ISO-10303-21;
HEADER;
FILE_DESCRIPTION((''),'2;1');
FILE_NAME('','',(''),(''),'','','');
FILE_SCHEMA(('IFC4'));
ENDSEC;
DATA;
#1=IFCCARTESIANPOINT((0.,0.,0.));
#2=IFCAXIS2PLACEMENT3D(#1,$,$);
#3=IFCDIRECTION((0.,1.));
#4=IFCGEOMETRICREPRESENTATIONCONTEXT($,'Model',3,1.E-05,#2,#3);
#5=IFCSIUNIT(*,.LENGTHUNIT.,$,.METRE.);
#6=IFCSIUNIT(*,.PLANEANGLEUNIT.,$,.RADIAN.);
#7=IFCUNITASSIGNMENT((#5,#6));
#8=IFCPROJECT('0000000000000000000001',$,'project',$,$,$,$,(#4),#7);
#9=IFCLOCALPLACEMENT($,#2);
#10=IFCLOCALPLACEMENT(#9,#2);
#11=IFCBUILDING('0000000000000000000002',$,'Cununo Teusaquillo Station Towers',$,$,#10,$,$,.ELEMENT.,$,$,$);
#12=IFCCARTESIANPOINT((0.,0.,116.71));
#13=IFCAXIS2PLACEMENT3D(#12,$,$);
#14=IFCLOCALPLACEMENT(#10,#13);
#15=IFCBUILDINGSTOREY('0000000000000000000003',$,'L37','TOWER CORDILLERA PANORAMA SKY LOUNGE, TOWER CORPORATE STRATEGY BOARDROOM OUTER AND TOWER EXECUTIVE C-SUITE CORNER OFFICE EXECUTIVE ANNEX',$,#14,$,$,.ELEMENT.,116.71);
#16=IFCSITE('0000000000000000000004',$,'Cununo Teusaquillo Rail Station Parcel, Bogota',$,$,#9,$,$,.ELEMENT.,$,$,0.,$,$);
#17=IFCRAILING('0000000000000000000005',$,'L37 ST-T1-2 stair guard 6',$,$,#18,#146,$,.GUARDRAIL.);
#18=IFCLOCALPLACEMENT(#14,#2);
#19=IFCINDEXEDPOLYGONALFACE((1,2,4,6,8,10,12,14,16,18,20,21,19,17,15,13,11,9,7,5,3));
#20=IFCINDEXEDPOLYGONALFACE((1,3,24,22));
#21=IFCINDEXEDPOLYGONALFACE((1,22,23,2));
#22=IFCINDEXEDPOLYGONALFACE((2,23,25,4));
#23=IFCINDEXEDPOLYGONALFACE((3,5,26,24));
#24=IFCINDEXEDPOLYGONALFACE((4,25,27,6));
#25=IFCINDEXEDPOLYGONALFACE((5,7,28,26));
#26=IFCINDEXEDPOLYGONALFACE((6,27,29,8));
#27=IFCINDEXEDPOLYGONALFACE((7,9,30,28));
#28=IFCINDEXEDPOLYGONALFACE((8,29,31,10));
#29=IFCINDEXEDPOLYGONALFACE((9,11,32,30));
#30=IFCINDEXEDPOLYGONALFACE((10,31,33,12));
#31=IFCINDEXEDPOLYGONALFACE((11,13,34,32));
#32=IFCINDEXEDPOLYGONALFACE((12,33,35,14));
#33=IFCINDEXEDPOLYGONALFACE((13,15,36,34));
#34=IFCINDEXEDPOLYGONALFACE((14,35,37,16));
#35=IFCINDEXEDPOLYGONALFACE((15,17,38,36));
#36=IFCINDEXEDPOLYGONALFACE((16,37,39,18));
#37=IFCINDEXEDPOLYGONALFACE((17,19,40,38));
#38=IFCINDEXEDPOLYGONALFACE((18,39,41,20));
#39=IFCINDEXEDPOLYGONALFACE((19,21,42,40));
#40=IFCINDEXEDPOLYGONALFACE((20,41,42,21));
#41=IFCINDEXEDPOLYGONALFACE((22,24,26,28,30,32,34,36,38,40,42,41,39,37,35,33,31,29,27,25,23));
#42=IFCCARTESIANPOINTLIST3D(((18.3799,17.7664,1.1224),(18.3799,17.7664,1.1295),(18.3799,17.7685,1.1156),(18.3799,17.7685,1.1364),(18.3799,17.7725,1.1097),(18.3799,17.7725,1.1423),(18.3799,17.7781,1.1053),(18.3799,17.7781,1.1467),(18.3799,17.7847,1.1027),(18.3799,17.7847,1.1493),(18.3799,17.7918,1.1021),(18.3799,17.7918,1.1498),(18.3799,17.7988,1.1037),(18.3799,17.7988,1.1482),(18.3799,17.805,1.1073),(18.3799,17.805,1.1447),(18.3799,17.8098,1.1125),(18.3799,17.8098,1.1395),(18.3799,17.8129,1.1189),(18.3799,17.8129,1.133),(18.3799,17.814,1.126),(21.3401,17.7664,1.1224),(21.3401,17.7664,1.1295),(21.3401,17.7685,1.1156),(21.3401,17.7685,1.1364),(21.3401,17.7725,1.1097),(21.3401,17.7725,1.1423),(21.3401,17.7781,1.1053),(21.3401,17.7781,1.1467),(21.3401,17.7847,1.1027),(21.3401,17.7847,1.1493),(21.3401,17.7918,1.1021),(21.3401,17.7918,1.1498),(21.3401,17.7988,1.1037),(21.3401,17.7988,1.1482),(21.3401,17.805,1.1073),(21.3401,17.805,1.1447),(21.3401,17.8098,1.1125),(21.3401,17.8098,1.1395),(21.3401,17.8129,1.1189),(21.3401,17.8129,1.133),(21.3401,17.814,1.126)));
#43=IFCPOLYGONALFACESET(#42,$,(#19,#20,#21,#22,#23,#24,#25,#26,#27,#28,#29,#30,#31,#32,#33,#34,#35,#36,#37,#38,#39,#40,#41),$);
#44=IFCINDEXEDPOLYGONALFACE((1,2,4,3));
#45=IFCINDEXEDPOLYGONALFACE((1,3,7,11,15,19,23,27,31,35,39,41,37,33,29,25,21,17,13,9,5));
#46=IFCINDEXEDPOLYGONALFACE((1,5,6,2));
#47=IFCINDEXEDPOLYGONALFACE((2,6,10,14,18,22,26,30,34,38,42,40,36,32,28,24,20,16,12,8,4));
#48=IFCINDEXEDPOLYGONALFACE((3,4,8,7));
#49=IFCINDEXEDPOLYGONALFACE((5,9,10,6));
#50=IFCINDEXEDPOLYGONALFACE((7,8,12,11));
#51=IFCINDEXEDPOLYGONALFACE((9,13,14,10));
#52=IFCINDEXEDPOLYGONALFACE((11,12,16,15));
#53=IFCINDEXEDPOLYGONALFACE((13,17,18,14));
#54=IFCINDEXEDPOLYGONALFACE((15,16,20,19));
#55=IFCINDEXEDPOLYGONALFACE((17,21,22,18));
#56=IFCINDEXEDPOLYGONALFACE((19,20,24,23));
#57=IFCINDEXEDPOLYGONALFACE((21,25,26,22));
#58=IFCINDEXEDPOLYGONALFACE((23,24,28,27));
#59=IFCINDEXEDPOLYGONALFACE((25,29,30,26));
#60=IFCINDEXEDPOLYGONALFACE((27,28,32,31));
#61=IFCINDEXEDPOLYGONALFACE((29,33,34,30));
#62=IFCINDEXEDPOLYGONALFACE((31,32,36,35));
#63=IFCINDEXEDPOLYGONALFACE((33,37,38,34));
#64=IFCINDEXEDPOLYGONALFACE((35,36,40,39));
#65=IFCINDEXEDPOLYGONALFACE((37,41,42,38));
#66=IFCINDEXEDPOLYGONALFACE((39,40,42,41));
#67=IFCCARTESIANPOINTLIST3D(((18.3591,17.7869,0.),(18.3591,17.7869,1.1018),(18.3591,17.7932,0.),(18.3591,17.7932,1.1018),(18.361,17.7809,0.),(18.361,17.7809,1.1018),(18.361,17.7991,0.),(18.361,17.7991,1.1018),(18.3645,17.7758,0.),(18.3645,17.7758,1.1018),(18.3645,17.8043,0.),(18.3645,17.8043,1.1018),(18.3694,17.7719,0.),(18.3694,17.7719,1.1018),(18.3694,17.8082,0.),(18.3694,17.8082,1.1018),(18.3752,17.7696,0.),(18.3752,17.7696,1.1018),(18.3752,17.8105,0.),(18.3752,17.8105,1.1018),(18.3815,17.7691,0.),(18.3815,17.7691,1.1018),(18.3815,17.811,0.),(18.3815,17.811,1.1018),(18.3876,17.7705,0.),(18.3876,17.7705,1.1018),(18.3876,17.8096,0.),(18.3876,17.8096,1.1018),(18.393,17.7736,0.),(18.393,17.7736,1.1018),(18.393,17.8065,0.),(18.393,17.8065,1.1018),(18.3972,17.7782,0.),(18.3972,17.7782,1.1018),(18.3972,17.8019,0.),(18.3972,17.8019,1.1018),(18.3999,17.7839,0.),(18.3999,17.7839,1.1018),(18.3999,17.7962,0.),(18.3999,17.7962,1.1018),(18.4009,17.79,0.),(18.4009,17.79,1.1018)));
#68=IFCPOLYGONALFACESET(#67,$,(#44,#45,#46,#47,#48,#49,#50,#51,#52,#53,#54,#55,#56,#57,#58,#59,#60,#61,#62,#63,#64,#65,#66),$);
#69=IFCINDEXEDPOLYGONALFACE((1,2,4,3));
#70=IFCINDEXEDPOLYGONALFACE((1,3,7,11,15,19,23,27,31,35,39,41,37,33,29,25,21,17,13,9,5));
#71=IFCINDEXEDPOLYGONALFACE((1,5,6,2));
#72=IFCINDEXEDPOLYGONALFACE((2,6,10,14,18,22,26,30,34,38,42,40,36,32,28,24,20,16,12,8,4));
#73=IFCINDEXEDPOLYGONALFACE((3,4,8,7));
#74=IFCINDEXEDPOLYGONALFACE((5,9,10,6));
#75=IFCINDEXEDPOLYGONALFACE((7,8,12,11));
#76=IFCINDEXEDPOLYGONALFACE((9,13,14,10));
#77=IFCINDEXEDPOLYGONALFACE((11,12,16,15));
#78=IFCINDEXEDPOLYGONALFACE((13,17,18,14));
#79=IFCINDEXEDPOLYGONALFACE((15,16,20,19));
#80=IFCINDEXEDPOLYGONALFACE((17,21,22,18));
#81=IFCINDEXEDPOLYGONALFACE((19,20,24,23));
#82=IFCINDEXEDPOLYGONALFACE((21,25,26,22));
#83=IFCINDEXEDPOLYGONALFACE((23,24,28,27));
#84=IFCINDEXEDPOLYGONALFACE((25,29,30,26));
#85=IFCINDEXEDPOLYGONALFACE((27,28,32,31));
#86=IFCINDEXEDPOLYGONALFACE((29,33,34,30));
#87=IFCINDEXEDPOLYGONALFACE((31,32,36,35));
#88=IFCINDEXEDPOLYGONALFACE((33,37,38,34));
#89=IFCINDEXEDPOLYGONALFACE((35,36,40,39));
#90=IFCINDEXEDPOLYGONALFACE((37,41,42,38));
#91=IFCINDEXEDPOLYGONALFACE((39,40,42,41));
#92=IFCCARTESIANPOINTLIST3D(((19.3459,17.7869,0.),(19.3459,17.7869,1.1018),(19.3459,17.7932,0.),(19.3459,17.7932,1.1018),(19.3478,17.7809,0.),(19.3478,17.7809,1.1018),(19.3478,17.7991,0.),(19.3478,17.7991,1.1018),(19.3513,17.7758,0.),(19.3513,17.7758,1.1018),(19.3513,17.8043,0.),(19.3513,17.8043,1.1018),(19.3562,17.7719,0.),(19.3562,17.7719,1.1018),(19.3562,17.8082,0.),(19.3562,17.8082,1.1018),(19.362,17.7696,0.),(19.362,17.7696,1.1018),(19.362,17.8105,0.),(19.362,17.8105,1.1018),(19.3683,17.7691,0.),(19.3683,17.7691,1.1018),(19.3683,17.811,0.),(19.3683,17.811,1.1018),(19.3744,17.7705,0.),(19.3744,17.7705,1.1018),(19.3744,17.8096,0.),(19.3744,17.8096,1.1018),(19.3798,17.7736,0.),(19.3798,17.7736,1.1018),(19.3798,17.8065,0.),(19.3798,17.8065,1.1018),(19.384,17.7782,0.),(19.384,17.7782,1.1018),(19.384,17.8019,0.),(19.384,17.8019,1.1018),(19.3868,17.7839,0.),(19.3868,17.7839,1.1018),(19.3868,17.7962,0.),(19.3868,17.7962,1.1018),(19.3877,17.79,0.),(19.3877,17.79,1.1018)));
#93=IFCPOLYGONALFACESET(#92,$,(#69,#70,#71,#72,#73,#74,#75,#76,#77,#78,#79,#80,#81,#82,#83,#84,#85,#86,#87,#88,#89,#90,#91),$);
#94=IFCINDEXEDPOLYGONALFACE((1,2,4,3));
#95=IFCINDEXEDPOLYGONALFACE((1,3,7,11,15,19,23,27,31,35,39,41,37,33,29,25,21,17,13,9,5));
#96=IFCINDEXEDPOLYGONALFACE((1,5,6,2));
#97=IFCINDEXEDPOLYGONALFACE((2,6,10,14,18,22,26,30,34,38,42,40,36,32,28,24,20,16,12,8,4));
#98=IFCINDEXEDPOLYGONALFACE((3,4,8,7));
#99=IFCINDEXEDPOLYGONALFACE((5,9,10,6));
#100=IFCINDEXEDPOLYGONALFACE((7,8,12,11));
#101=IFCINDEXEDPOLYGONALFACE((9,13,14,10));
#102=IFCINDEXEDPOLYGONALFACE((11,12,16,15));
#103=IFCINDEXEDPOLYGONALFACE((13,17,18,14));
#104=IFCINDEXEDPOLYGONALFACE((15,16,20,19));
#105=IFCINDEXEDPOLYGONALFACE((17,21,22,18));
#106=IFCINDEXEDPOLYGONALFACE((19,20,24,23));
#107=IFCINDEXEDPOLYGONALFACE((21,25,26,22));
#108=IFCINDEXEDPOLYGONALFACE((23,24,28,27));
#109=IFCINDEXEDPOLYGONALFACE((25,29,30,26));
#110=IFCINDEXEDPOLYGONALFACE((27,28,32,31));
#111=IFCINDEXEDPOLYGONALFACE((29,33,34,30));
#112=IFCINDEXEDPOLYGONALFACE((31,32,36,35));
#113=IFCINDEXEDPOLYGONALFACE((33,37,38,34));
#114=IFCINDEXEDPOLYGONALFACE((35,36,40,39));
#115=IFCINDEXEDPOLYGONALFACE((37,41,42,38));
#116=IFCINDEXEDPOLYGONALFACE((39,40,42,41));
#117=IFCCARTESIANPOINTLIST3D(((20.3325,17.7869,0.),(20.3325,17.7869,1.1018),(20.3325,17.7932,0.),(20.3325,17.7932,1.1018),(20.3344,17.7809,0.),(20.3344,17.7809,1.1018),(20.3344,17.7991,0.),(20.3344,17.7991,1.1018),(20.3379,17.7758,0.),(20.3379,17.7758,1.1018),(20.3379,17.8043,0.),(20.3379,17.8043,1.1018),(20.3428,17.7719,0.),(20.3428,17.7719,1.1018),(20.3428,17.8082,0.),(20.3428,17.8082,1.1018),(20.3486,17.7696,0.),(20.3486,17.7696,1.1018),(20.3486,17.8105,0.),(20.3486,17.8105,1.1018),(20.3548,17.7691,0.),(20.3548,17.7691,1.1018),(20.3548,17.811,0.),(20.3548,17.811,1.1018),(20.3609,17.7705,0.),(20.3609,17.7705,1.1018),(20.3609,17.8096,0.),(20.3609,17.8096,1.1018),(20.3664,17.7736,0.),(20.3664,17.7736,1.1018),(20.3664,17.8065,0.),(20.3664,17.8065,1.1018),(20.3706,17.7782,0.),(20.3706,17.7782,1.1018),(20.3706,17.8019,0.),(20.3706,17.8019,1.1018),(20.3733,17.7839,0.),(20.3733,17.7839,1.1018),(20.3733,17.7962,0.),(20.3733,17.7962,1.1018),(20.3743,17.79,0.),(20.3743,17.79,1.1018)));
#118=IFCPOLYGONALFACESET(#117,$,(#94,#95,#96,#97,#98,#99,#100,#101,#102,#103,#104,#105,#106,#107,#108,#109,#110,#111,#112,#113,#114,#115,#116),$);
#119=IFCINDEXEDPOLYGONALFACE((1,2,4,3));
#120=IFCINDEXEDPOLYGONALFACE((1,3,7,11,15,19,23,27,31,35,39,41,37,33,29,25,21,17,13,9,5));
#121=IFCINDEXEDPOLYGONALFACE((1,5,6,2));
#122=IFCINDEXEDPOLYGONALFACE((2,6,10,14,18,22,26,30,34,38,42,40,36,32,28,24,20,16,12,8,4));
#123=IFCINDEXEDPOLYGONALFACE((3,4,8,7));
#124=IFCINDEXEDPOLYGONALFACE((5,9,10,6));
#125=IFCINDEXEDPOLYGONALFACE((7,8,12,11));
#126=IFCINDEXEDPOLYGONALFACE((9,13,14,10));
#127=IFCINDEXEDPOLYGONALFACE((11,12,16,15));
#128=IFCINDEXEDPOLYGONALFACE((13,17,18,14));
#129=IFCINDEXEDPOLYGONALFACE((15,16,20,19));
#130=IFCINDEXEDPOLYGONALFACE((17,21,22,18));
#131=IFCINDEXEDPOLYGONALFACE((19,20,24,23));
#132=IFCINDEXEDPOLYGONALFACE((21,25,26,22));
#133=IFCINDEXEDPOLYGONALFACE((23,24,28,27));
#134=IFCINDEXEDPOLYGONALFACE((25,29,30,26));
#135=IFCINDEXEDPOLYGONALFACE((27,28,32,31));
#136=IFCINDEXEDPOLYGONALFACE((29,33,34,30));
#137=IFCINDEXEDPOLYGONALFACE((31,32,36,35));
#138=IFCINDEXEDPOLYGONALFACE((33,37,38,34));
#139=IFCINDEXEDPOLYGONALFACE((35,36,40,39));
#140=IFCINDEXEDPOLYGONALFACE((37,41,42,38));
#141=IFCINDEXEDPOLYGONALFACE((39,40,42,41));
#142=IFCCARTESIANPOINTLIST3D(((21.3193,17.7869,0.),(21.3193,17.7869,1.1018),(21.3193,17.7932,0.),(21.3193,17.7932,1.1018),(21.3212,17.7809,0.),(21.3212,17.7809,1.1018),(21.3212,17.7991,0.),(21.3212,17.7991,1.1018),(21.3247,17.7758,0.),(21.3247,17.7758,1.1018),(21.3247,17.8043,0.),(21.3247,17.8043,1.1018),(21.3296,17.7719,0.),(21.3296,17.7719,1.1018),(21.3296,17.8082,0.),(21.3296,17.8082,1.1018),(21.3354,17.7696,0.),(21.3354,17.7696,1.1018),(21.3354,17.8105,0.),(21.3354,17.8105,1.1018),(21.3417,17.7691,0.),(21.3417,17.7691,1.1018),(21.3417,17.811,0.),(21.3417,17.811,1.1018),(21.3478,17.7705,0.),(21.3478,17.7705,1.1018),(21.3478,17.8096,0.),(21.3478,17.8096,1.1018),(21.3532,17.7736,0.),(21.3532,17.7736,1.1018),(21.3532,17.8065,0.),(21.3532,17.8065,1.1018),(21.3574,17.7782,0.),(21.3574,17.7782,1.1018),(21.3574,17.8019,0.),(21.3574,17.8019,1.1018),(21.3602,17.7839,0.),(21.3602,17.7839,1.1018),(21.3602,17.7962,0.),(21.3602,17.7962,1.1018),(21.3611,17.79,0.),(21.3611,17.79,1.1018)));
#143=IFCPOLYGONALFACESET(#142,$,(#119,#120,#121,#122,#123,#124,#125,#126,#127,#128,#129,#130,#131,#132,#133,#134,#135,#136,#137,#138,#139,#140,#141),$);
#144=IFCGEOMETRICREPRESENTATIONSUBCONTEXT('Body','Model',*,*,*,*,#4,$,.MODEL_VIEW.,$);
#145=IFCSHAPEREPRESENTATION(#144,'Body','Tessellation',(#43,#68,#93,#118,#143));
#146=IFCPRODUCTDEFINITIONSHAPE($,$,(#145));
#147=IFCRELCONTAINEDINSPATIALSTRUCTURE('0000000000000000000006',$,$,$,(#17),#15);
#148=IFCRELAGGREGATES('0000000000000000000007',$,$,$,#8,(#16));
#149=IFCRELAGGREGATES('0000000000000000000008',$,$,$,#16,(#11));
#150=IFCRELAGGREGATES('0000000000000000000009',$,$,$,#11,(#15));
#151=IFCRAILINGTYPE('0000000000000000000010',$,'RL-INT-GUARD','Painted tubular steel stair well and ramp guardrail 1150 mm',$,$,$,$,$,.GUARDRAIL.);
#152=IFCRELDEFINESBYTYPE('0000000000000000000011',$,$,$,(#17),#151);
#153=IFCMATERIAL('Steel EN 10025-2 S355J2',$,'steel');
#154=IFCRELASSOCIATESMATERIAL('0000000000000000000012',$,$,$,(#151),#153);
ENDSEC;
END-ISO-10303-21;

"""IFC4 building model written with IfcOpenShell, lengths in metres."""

from ifc_helpers import new_model, si_unit, direction, frame, origin, origin_2d, place, context, subcontext, project, spatial, circle, extrude, material, type_object, element, save


model = new_model("IFC4")

# Units and contexts
model_context = context("Model", 3, precision=1e-05, world=origin(), true_north=direction((0.0, 1.0)))
body_context = subcontext(model_context, "Body", "Model", "MODEL_VIEW")
ifc_project = project(units=[si_unit("LENGTHUNIT", "METRE"), si_unit("PLANEANGLEUNIT", "RADIAN")], contexts=[model_context])

# Site, building, storey
site_placement = place(None, origin())
site = spatial("IfcSite", under=ifc_project, at=site_placement, Name="Cununo Teusaquillo Rail Station Parcel, Bogota", CompositionType="ELEMENT", RefElevation=0.0)
building_placement = place(site_placement, origin())
building = spatial("IfcBuilding", under=site, at=building_placement, Name="Cununo Teusaquillo Station Towers", CompositionType="ELEMENT")
storey_placement = place(building_placement, frame((0.0, 0.0, 116.71)))
storey = spatial("IfcBuildingStorey", under=building, at=storey_placement, Name="L37", Description="TOWER CORDILLERA PANORAMA SKY LOUNGE, TOWER CORPORATE STRATEGY BOARDROOM OUTER AND TOWER EXECUTIVE C-SUITE CORNER OFFICE EXECUTIVE ANNEX", CompositionType="ELEMENT", Elevation=116.71)

# Railing
ifc_material_1 = material(Name="Steel EN 10025-2 S355J2", Category="steel")
railing_type_1 = type_object("IfcRailingType", Name="RL-INT-GUARD", Description="Painted tubular steel stair well and ramp guardrail 1150 mm", PredefinedType="GUARDRAIL", material=ifc_material_1)
railing_1_placement = place(storey_placement, frame((18.3799, 17.79, 0.0)))
element("IfcRailing", 1, at=railing_1_placement, inside=storey, type_object=railing_type_1, Name="L37 ST-T1-2 stair guard 6", PredefinedType="GUARDRAIL", context=body_context, shape_type="SweptSolid", body=[
    extrude(circle(Radius=0.0239, at=origin_2d()), frame((0.0, 0.0, 1.126), z_axis=(1.0, 0.0, 0.0), x_axis=(0.0, 1.0, 0.0)), (0.0, 0.0, 1.0), 2.9602),
    extrude(circle(Radius=0.021, at=origin_2d()), origin(), (0.0, 0.0, 1.0), 1.1018),
    extrude(circle(Radius=0.021, at=origin_2d()), frame((0.9868, 0.0, 0.0)), (0.0, 0.0, 1.0), 1.1018),
    extrude(circle(Radius=0.021, at=origin_2d()), frame((1.9734, 0.0, 0.0)), (0.0, 0.0, 1.0), 1.1018),
    extrude(circle(Radius=0.021, at=origin_2d()), frame((2.9602, 0.0, 0.0)), (0.0, 0.0, 1.0), 1.1018),
])

save(model, "model.ifc")
